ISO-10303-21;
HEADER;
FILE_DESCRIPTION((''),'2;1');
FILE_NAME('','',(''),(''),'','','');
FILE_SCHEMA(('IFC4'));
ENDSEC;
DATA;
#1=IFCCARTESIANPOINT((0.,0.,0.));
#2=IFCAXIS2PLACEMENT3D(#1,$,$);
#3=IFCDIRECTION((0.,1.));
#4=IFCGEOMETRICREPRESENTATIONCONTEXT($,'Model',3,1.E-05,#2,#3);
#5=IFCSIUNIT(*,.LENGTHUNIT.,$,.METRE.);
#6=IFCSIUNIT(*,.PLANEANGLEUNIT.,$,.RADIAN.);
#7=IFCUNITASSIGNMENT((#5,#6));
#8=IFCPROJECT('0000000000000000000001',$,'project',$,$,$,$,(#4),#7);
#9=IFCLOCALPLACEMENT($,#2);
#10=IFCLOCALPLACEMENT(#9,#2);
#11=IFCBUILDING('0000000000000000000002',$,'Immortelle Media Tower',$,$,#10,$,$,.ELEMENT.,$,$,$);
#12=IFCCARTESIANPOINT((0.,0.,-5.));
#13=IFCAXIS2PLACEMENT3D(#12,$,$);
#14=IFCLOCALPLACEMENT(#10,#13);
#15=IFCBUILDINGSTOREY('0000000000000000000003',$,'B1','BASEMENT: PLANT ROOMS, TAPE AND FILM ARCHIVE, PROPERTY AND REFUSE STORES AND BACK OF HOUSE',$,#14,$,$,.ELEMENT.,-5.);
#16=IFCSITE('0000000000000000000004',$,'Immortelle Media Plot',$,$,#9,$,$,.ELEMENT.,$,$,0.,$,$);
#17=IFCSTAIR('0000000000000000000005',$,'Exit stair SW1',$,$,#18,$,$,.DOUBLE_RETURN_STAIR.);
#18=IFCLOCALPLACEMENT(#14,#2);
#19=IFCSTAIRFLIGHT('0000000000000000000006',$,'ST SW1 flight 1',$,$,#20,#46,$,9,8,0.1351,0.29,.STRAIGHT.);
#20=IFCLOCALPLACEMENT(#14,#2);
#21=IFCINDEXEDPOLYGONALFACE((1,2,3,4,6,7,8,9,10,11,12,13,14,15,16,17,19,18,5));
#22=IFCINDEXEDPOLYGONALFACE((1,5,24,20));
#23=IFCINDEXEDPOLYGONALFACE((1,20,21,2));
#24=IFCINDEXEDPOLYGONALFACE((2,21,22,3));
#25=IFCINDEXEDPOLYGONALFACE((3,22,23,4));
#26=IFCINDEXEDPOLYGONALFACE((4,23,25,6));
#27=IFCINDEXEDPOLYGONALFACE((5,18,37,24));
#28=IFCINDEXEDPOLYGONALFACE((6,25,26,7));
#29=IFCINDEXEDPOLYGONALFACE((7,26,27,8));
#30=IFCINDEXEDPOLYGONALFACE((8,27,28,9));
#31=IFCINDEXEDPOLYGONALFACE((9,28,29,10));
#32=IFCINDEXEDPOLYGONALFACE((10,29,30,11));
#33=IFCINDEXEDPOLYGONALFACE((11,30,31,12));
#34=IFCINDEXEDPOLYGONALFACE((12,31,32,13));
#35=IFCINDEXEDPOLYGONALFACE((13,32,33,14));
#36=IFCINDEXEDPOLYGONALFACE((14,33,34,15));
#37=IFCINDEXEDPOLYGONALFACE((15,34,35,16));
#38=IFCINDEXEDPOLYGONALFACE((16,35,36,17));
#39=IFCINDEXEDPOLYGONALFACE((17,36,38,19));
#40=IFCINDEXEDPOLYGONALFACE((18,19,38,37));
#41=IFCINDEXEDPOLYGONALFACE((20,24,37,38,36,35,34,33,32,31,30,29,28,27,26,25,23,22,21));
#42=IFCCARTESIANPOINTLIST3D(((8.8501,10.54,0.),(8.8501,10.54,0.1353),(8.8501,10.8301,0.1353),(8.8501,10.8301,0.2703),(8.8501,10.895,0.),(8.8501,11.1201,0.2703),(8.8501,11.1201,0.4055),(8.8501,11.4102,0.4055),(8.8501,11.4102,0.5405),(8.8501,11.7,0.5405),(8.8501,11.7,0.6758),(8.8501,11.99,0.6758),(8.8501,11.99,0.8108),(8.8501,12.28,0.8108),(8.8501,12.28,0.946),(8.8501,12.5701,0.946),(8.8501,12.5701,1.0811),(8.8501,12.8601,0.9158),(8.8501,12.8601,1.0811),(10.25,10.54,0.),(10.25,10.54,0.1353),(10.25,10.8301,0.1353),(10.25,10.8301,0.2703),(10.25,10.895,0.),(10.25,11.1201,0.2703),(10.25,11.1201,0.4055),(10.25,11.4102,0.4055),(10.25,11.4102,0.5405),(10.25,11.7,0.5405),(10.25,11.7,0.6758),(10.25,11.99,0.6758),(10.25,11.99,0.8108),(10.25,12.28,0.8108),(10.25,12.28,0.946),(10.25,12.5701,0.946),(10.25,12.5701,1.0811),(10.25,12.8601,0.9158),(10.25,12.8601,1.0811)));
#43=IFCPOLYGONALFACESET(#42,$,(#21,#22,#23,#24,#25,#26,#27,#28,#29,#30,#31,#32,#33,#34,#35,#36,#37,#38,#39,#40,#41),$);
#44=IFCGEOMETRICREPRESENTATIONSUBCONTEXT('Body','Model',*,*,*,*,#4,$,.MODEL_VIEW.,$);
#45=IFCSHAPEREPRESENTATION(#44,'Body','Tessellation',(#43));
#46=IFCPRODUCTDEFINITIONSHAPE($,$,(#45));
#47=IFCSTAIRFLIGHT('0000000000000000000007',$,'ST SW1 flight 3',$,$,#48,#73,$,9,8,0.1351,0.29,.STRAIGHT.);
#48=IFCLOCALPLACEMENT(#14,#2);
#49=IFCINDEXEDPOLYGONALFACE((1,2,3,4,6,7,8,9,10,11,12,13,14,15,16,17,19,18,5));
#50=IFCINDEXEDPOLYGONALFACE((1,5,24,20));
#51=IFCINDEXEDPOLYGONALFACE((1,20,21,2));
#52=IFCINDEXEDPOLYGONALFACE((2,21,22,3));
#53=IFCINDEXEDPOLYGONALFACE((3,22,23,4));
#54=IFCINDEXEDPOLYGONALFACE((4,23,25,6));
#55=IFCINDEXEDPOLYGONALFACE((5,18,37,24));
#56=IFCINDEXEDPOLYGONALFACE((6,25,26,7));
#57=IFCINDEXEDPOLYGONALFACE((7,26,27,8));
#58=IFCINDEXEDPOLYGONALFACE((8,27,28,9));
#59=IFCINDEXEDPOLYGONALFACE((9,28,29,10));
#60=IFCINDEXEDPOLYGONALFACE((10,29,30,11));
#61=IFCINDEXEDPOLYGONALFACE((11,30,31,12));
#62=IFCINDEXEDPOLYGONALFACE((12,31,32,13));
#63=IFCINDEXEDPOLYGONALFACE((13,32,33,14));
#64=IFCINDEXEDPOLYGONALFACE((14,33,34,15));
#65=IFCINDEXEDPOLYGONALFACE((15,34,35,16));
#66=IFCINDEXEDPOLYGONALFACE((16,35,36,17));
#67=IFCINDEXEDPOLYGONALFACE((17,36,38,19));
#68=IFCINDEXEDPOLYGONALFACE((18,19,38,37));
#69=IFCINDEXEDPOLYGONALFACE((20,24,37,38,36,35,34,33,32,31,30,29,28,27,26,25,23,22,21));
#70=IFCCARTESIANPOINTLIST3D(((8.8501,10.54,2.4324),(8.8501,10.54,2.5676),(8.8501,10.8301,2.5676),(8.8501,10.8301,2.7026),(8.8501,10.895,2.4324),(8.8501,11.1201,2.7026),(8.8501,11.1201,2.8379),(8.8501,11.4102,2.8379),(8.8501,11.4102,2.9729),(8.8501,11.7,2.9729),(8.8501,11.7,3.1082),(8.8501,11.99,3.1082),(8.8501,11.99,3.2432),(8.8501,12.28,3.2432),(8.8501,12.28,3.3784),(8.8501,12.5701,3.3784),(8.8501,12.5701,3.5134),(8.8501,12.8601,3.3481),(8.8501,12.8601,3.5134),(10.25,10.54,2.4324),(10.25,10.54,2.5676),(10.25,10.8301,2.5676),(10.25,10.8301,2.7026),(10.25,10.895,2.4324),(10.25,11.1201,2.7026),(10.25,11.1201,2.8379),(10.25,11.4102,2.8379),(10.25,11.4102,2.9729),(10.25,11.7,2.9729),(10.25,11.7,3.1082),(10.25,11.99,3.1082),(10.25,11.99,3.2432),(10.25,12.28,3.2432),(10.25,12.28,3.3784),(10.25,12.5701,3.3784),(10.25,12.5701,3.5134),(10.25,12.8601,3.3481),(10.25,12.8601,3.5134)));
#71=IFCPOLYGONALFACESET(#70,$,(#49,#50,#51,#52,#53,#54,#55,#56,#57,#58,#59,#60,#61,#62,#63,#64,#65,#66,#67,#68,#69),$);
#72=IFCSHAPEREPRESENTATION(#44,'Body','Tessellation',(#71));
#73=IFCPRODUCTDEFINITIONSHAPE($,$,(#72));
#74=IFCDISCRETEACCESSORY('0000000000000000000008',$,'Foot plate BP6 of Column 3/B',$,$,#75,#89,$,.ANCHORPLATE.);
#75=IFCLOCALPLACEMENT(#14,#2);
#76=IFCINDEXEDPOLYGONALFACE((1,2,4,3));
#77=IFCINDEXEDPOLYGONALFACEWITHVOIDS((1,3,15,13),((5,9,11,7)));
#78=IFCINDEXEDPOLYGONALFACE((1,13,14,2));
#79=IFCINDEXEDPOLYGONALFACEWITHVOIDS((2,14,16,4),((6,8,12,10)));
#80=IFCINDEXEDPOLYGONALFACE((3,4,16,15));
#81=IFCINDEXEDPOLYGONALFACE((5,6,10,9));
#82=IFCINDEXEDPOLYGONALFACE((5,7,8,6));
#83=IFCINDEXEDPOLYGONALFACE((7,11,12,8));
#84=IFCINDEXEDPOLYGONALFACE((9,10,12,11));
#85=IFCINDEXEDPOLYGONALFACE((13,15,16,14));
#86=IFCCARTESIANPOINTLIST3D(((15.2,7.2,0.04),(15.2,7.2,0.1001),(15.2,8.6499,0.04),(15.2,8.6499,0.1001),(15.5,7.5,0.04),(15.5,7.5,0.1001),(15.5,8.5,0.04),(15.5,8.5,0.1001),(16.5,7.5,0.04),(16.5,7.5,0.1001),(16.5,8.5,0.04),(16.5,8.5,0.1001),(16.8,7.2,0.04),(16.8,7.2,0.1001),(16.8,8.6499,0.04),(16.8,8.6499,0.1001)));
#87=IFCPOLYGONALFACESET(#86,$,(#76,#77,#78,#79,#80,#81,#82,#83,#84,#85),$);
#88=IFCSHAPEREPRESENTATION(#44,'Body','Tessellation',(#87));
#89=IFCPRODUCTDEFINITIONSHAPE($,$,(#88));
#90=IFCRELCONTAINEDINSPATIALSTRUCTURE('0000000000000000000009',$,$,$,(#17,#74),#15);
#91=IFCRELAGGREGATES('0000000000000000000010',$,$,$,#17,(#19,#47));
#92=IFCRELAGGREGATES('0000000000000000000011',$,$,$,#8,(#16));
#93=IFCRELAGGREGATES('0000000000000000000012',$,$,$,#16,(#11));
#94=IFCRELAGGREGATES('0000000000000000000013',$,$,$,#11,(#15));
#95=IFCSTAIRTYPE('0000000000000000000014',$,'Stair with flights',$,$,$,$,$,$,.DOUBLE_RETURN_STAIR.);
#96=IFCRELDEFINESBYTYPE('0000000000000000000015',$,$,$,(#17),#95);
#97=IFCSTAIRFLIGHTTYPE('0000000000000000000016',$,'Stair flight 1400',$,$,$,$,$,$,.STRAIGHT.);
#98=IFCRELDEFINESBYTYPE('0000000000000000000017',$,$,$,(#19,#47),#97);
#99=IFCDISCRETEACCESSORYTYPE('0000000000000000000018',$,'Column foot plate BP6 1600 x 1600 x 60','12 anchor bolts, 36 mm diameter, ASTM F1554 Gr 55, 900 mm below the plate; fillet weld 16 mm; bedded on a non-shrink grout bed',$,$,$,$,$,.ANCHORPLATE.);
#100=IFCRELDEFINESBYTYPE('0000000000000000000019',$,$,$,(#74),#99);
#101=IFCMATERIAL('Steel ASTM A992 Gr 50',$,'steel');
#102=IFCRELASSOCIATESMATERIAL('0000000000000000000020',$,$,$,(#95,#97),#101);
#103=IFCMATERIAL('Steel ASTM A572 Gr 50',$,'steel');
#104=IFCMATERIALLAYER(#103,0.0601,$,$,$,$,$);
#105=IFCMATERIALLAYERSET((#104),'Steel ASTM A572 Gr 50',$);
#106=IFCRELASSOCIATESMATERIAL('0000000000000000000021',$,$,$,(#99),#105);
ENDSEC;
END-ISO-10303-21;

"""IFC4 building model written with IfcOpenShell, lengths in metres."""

from ifc_helpers import new_model, si_unit, direction, frame, origin, place, context, subcontext, project, spatial, polyline, outline, extrude, material, layer, layer_set, type_object, element, aggregate, save


model = new_model("IFC4")

# Units and contexts
model_context = context("Model", 3, precision=1e-05, world=origin(), true_north=direction((0.0, 1.0)))
body_context = subcontext(model_context, "Body", "Model", "MODEL_VIEW")
ifc_project = project(units=[si_unit("LENGTHUNIT", "METRE"), si_unit("PLANEANGLEUNIT", "RADIAN")], contexts=[model_context])

# Site, building, storey
site_placement = place(None, origin())
site = spatial("IfcSite", under=ifc_project, at=site_placement, Name="Immortelle Media Plot", CompositionType="ELEMENT", RefElevation=0.0)
building_placement = place(site_placement, origin())
building = spatial("IfcBuilding", under=site, at=building_placement, Name="Immortelle Media Tower", CompositionType="ELEMENT")
storey_placement = place(building_placement, frame((0.0, 0.0, -5.0)))
storey = spatial("IfcBuildingStorey", under=building, at=storey_placement, Name="B1", Description="BASEMENT: PLANT ROOMS, TAPE AND FILM ARCHIVE, PROPERTY AND REFUSE STORES AND BACK OF HOUSE", CompositionType="ELEMENT", Elevation=-5.0)

# Shared definitions
ifc_material_1 = material(Name="Steel ASTM A572 Gr 50", Category="steel")

# Stair, stair flights
ifc_material_2 = material(Name="Steel ASTM A992 Gr 50", Category="steel")
stair_type = type_object("IfcStairType", Name="Stair with flights", PredefinedType="DOUBLE_RETURN_STAIR", material=ifc_material_2)
stair_placement = place(storey_placement, origin())
stair = element("IfcStair", 1, at=stair_placement, inside=storey, type_object=stair_type, Name="Exit stair SW1", PredefinedType="DOUBLE_RETURN_STAIR")
stair_flight_type = type_object("IfcStairFlightType", Name="Stair flight 1400", PredefinedType="STRAIGHT", material=ifc_material_2)
stair_flight_1_placement = place(storey_placement, frame((9.55, 10.54, 0.0), z_axis=(0.0, 0.0, 1.0), x_axis=(0.0, 1.0, 0.0)))
stair_flight_1 = element("IfcStairFlight", 2, at=stair_flight_1_placement, type_object=stair_flight_type, Name="ST SW1 flight 1", NumberOfRisers=9, NumberOfTreads=8, PredefinedType="STRAIGHT", RiserHeight=0.1351, TreadLength=0.29, context=body_context, shape_type="SweptSolid", body=[
    extrude(outline(polyline([(0.0, 0.0), (0.0, 0.1353), (0.29, 0.1353), (0.29, 0.2703), (0.5801, 0.2703), (0.5801, 0.4055), (0.8701, 0.4055), (0.8701, 0.5405), (1.1599, 0.5405), (1.1599, 0.6758), (1.45, 0.6758), (1.45, 0.8108), (1.74, 0.8108), (1.74, 0.946), (2.03, 0.946), (2.03, 1.0811), (2.3201, 1.0811), (2.3201, 1.2163), (2.3201, 0.9158), (0.355, 0.0), (0.0, 0.0)])), frame((0.0, 0.7, 0.0), z_axis=(0.0, -1.0, 0.0), x_axis=(1.0, 0.0, 0.0)), (0.0, 0.0, 1.0), 1.3999),
])
stair_flight_2_placement = place(storey_placement, frame((9.55, 10.54, 2.4324), z_axis=(0.0, 0.0, 1.0), x_axis=(0.0, 1.0, 0.0)))
stair_flight_2 = element("IfcStairFlight", 3, at=stair_flight_2_placement, type_object=stair_flight_type, Name="ST SW1 flight 3", NumberOfRisers=9, NumberOfTreads=8, PredefinedType="STRAIGHT", RiserHeight=0.1351, TreadLength=0.29, context=body_context, shape_type="SweptSolid", body=[
    extrude(outline(polyline([(0.0, 0.0), (0.0, 0.1353), (0.29, 0.1353), (0.29, 0.2703), (0.5801, 0.2703), (0.5801, 0.4055), (0.8701, 0.4055), (0.8701, 0.5405), (1.1599, 0.5405), (1.1599, 0.6758), (1.45, 0.6758), (1.45, 0.8108), (1.74, 0.8108), (1.74, 0.946), (2.03, 0.946), (2.03, 1.0811), (2.3201, 1.0811), (2.3201, 1.2163), (2.3201, 0.9158), (0.355, 0.0), (0.0, 0.0)])), frame((0.0, 0.7, 0.0), z_axis=(0.0, -1.0, 0.0), x_axis=(1.0, 0.0, 0.0)), (0.0, 0.0, 1.0), 1.3999),
])
aggregate(stair, [stair_flight_1, stair_flight_2])

# Discrete accessory
ifc_layer_1 = layer(ifc_material_1, 0.0601)
ifc_layer_set_1 = layer_set([ifc_layer_1], Name="Steel ASTM A572 Gr 50")
discrete_accessory_type = type_object("IfcDiscreteAccessoryType", Name="Column foot plate BP6 1600 x 1600 x 60", Description="12 anchor bolts, 36 mm diameter, ASTM F1554 Gr 55, 900 mm below the plate; fillet weld 16 mm; bedded on a non-shrink grout bed", PredefinedType="ANCHORPLATE", material=ifc_layer_set_1)
discrete_accessory_placement = place(storey_placement, frame((16.0, 8.0, 0.04), z_axis=(0.0, 0.0, 1.0), x_axis=(1.0, 0.0, 0.0)))
element("IfcDiscreteAccessory", 4, at=discrete_accessory_placement, inside=storey, type_object=discrete_accessory_type, Name="Foot plate BP6 of Column 3/B", PredefinedType="ANCHORPLATE", context=body_context, shape_type="SweptSolid", body=[
    extrude(outline(polyline([(-0.8, -0.8), (0.8, -0.8), (0.8, 0.6499), (-0.8, 0.6499), (-0.8, -0.8)]), holes=[polyline([(0.5, 0.5), (0.5, -0.5), (-0.5, -0.5), (-0.5, 0.5), (0.5, 0.5)])]), origin(), (0.0, 0.0, 1.0), 0.0601),
])

save(model, "model.ifc")
